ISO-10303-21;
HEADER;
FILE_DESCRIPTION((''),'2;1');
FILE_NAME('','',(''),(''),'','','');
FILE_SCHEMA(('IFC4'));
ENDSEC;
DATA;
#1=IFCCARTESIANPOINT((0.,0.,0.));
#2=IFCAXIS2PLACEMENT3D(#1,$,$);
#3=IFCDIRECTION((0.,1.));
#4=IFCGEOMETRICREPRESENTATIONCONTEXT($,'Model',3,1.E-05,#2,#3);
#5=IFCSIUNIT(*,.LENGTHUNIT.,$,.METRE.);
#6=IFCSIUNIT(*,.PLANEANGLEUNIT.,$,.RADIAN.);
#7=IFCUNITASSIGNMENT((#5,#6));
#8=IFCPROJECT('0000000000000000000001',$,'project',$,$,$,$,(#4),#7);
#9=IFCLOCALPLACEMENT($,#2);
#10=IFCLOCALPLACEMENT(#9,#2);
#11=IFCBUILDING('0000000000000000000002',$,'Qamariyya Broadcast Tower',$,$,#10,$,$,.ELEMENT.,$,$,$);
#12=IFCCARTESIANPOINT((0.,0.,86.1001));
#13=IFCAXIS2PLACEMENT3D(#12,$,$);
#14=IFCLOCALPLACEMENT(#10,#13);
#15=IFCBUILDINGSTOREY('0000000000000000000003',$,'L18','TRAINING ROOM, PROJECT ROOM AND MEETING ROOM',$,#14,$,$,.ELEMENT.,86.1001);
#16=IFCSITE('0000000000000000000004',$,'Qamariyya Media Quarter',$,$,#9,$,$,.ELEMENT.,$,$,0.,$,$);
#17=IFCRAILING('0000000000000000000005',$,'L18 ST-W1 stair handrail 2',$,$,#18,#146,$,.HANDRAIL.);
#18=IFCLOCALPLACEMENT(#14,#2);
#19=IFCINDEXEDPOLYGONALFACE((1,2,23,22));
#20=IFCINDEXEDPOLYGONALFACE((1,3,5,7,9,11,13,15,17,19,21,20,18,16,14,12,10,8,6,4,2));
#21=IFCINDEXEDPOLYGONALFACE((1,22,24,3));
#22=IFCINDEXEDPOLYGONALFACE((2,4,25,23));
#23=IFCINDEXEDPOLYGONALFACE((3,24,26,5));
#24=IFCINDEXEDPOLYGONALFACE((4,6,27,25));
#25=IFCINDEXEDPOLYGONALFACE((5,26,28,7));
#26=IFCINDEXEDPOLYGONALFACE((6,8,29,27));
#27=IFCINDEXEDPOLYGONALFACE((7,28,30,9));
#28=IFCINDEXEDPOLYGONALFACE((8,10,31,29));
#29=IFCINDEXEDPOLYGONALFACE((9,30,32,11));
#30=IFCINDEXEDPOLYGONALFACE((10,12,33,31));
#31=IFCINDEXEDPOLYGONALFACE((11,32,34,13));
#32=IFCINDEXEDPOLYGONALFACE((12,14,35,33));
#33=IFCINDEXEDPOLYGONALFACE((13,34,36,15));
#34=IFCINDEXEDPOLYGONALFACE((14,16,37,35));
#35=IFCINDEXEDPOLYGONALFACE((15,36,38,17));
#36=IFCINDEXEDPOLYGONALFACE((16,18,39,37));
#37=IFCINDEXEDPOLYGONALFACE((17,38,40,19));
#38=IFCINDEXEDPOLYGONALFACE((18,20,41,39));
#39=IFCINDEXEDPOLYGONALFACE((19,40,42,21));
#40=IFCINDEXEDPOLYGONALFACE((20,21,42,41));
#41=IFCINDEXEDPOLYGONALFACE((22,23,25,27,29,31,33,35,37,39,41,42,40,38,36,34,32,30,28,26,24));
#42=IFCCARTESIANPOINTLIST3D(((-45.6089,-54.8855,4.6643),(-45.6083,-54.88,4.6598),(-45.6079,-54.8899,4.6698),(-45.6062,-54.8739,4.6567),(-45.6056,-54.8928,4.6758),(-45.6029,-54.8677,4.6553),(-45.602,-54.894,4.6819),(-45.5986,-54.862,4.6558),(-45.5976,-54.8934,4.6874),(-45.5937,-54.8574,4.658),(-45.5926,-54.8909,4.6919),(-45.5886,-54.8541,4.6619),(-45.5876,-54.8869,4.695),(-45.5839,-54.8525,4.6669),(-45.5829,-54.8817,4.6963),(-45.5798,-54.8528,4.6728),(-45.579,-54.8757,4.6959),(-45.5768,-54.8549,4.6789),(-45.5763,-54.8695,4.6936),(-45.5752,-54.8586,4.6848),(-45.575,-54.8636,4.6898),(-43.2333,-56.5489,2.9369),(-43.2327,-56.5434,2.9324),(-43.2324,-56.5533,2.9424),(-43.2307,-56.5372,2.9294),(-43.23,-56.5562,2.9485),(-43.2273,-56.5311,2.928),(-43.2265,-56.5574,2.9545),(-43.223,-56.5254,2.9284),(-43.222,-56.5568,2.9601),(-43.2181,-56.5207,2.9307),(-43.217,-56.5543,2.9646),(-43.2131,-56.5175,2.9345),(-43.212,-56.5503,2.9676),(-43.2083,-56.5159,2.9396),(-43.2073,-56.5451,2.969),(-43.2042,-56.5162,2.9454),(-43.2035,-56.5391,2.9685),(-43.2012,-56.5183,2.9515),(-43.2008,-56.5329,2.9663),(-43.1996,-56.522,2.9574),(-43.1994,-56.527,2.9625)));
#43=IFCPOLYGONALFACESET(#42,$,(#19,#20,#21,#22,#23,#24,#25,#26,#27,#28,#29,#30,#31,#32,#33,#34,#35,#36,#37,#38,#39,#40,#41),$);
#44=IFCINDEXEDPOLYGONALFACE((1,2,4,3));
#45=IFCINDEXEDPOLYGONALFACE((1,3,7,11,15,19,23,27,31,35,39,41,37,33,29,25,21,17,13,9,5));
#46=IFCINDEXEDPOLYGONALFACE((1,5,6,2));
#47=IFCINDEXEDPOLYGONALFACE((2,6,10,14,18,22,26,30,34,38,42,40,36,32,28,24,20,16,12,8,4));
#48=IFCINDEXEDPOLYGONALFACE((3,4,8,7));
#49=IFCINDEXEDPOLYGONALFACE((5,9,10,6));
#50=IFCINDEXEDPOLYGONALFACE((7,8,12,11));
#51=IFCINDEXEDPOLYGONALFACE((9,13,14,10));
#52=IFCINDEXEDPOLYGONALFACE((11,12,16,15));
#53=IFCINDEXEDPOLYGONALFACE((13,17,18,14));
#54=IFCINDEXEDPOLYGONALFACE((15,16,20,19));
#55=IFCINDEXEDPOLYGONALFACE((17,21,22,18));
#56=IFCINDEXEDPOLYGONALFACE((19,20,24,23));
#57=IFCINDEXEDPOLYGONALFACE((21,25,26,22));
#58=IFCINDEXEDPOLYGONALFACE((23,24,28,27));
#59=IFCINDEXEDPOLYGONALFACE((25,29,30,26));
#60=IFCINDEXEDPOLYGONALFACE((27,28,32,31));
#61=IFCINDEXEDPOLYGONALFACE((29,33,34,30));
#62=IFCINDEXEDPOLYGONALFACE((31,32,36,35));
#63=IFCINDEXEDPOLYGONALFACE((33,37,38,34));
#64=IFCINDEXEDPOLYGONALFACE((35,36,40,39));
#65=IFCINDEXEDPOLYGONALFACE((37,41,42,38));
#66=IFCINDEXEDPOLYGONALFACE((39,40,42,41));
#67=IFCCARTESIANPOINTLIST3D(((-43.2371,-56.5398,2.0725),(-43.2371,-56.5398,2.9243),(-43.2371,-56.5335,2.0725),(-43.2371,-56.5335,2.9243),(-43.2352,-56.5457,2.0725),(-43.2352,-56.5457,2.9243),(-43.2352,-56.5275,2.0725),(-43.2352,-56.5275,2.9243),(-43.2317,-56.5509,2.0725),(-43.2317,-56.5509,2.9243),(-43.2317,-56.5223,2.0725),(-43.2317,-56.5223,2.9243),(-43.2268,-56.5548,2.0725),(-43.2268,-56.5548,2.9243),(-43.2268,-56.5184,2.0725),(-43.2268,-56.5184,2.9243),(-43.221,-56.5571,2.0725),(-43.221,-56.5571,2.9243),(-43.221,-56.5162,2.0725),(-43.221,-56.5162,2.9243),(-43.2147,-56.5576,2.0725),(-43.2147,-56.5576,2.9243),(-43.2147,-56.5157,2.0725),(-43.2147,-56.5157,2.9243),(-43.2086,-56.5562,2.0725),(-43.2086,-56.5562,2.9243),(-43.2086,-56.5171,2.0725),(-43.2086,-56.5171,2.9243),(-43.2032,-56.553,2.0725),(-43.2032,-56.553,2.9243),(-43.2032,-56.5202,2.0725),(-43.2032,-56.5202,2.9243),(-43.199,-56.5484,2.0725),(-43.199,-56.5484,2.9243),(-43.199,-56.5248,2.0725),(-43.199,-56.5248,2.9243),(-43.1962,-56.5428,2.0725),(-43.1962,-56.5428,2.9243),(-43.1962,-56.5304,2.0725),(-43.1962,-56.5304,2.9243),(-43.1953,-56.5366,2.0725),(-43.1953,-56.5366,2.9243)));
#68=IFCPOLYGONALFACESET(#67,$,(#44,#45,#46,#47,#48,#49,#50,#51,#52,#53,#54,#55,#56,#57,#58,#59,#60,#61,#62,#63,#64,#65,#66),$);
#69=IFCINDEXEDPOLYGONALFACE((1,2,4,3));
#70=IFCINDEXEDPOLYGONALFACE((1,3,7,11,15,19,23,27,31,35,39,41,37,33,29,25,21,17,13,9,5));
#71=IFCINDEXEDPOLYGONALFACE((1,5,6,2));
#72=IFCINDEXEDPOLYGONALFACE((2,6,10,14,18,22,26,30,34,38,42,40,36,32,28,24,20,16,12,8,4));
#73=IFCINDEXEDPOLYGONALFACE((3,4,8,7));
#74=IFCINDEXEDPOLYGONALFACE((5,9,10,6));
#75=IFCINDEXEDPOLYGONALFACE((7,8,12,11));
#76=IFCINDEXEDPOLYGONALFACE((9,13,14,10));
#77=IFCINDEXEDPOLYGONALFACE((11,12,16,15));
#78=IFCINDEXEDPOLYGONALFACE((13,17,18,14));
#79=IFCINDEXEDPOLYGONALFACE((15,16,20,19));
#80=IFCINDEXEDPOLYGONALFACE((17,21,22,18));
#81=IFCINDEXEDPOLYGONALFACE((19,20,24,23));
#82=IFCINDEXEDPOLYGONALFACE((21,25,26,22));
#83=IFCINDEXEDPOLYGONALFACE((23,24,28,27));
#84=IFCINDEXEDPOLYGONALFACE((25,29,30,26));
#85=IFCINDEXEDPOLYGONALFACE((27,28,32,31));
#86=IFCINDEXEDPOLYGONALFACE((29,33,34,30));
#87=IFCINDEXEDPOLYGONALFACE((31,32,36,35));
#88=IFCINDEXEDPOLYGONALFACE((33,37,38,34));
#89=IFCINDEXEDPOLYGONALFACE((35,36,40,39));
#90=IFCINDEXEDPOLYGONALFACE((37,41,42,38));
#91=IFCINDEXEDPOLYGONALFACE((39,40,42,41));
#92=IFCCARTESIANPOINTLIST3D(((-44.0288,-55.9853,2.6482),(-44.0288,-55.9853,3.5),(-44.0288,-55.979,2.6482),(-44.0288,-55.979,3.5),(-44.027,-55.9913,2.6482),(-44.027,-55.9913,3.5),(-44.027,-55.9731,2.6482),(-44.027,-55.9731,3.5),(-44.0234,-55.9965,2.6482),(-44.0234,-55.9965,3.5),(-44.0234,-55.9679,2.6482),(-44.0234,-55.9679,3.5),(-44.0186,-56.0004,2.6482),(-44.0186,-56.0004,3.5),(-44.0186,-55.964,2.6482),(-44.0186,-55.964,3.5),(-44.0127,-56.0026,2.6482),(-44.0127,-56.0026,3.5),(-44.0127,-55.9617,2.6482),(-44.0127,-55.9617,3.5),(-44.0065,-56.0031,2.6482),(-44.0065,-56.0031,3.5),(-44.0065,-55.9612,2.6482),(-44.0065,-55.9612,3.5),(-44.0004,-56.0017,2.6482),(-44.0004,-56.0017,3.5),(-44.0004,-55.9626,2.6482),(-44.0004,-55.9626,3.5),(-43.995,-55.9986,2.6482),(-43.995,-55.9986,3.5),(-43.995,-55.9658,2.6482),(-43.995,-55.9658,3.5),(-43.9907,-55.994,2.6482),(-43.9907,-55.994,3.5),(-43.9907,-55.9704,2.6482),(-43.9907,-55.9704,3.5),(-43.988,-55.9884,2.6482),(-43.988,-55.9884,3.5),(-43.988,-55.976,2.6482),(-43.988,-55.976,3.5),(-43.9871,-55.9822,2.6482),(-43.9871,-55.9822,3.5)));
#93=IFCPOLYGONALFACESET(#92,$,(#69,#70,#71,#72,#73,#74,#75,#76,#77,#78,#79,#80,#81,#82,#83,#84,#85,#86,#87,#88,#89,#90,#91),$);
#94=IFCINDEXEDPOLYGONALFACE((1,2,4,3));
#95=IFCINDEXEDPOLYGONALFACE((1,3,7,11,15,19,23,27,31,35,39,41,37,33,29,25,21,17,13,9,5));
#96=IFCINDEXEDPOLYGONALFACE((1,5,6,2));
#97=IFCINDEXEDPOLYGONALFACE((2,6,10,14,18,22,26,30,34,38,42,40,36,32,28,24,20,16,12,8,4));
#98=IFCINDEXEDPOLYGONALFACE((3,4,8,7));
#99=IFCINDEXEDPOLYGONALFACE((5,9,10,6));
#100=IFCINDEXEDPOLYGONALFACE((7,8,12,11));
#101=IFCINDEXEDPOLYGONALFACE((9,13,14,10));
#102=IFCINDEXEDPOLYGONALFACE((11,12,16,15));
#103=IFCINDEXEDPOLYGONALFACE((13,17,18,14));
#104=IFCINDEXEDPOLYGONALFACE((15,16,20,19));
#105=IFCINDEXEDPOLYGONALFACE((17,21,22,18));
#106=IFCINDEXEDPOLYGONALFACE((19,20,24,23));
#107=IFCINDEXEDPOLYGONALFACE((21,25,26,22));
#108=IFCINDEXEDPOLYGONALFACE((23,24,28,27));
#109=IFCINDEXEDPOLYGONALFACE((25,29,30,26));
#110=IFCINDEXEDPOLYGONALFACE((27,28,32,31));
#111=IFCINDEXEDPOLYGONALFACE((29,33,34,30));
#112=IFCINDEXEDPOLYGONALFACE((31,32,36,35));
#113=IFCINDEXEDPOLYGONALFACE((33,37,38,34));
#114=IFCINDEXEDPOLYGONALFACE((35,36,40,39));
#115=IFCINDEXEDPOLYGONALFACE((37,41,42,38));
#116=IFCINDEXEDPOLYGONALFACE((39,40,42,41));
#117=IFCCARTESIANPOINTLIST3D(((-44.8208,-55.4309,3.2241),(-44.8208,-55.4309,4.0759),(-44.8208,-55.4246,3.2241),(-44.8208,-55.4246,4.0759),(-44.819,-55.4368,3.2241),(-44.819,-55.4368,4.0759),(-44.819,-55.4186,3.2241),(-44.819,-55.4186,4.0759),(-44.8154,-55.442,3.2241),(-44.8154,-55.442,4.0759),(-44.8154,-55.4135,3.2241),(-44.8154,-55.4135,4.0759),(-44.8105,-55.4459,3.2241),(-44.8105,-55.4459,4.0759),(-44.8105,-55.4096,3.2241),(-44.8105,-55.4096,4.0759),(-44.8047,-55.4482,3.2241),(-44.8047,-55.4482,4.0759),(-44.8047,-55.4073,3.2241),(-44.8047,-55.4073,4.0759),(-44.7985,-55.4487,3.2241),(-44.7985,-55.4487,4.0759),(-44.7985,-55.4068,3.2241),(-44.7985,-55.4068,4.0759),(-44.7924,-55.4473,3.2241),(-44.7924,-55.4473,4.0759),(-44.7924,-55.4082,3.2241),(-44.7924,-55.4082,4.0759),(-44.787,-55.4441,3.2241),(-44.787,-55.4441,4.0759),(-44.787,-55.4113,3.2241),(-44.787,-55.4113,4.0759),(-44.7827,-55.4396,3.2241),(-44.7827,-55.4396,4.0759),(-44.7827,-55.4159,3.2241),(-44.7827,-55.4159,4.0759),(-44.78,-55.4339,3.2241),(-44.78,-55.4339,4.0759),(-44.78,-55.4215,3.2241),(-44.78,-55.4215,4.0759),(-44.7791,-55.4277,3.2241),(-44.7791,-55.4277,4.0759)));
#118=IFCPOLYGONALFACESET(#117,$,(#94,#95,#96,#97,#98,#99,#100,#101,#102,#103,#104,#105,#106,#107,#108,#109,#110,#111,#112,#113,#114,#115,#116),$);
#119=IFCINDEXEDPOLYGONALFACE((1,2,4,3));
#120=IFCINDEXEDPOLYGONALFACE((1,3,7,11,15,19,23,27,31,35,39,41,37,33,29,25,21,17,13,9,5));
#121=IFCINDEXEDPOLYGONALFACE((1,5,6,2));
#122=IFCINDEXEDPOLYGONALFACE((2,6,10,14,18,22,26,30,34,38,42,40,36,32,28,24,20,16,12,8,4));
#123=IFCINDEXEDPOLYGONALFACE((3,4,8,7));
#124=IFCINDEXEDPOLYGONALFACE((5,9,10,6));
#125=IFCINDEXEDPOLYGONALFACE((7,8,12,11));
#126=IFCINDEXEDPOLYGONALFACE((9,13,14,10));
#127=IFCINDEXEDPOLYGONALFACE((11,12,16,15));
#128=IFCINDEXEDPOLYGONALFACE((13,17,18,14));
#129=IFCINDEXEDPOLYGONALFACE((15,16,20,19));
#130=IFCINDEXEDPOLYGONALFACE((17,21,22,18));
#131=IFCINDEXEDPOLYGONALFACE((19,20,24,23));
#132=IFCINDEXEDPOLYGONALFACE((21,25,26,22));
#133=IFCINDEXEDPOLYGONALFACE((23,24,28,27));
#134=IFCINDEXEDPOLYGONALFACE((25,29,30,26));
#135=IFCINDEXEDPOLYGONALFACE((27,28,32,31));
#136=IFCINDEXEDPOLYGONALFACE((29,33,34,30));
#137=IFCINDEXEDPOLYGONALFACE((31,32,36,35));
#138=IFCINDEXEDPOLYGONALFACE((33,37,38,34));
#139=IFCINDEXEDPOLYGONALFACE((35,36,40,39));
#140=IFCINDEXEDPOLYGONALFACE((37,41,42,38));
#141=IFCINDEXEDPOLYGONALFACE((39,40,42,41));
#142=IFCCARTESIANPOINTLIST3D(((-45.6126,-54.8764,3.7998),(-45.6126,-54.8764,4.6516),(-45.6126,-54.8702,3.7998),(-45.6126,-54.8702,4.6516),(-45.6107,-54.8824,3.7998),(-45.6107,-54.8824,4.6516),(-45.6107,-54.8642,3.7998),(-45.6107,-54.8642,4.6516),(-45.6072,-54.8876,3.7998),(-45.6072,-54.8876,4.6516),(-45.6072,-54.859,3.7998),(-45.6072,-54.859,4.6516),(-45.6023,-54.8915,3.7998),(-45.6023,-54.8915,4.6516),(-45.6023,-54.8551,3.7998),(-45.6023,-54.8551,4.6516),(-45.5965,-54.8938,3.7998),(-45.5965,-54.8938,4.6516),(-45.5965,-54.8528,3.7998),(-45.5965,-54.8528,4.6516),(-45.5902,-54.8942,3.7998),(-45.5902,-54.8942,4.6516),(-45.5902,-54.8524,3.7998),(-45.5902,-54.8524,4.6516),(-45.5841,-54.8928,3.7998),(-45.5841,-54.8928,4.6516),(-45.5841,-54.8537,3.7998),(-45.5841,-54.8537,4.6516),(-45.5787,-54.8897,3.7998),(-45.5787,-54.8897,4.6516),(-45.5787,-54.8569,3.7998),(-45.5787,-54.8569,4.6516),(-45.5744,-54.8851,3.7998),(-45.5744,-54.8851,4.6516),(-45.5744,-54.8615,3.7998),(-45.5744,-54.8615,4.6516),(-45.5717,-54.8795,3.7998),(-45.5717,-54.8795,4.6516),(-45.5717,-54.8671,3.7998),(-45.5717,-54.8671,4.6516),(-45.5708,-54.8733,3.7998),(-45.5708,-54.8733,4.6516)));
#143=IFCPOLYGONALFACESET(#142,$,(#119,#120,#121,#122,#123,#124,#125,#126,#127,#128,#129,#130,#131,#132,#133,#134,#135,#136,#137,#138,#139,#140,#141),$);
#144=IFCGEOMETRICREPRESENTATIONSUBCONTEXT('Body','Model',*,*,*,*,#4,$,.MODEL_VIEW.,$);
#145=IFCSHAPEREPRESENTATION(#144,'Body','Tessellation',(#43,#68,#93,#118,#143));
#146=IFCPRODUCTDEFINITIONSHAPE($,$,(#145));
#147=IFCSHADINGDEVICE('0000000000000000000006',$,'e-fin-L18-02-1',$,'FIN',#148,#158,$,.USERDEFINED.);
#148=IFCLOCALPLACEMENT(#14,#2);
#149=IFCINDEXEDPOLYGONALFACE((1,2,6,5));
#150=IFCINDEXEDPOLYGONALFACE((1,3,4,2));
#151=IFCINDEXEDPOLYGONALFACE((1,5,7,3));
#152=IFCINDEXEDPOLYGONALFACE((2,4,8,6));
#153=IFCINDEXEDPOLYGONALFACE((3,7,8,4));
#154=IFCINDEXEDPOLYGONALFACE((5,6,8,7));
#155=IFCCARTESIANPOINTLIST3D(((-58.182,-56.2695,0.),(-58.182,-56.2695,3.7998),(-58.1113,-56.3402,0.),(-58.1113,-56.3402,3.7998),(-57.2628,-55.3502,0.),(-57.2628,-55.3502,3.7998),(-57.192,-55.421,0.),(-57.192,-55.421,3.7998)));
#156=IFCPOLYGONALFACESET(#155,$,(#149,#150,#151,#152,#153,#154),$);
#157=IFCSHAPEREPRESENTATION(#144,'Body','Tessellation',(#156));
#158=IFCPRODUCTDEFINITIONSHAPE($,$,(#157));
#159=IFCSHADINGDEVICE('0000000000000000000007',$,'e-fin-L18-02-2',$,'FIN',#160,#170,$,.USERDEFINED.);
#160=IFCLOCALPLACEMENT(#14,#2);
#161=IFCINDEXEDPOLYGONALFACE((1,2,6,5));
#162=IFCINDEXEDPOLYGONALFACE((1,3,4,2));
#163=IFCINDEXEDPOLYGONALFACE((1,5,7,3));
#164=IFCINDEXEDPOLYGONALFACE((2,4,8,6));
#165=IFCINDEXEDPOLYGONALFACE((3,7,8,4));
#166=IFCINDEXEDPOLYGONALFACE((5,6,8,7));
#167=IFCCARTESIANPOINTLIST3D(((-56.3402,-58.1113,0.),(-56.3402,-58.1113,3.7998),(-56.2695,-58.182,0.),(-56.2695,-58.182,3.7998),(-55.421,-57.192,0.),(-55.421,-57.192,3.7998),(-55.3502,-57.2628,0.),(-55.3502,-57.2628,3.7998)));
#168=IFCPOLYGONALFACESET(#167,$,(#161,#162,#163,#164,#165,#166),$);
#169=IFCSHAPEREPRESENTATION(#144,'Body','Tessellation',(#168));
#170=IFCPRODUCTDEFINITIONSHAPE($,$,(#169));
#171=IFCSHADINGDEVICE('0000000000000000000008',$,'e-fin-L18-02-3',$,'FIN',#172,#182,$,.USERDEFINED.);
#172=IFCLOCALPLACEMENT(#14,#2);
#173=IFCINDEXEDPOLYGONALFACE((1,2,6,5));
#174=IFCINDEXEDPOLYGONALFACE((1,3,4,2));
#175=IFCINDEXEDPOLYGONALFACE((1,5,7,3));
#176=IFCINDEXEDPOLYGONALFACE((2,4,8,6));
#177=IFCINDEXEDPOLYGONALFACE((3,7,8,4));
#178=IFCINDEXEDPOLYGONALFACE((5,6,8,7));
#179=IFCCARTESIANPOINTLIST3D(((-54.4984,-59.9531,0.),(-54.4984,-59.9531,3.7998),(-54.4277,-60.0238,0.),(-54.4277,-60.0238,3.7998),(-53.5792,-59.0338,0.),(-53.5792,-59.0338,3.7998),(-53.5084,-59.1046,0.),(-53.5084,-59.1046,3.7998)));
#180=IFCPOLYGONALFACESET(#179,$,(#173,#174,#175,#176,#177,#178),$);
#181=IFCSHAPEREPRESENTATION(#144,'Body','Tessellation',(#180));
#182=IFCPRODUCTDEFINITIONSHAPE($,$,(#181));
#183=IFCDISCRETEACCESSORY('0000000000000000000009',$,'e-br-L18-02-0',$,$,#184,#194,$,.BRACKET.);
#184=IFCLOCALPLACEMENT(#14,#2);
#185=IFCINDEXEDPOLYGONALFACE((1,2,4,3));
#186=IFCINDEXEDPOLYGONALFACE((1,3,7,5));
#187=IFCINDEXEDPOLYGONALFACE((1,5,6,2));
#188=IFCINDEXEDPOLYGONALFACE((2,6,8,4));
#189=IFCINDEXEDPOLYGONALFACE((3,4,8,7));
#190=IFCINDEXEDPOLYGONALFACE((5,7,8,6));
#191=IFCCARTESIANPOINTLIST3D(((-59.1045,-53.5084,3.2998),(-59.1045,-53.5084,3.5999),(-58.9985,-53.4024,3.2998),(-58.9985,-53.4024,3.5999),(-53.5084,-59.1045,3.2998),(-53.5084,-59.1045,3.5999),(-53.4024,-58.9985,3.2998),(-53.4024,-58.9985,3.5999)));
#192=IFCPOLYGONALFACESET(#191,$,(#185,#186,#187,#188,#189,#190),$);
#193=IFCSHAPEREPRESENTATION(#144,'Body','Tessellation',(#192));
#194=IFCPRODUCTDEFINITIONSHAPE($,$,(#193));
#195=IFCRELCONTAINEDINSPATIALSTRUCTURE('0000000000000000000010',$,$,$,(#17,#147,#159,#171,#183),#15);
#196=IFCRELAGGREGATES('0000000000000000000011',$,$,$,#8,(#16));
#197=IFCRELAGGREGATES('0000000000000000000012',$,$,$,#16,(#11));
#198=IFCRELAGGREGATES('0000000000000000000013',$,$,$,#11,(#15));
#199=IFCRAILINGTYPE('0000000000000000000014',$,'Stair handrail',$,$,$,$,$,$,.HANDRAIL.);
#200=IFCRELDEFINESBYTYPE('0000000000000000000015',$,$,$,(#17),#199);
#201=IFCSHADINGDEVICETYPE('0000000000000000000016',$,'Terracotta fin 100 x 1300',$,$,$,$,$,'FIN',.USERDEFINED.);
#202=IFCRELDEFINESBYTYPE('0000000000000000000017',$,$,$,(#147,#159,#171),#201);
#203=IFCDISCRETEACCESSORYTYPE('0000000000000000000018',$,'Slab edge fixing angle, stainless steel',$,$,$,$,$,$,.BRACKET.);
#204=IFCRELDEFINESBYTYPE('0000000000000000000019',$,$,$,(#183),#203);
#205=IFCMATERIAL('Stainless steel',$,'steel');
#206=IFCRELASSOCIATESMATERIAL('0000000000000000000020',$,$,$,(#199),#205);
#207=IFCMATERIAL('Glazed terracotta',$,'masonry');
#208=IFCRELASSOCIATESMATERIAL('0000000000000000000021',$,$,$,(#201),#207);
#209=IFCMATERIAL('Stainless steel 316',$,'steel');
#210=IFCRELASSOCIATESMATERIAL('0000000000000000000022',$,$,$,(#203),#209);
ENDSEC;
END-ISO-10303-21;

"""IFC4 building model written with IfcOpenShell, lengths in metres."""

from ifc_helpers import new_model, si_unit, direction, frame, origin, origin_2d, place, context, subcontext, project, spatial, rectangle, circle, extrude, material, material_profile, profile_set, type_object, element, save


model = new_model("IFC4")

# Units and contexts
model_context = context("Model", 3, precision=1e-05, world=origin(), true_north=direction((0.0, 1.0)))
body_context = subcontext(model_context, "Body", "Model", "MODEL_VIEW")
ifc_project = project(units=[si_unit("LENGTHUNIT", "METRE"), si_unit("PLANEANGLEUNIT", "RADIAN")], contexts=[model_context])

# Site, building, storey
site_placement = place(None, origin())
site = spatial("IfcSite", under=ifc_project, at=site_placement, Name="Qamariyya Media Quarter", CompositionType="ELEMENT", RefElevation=0.0)
building_placement = place(site_placement, origin())
building = spatial("IfcBuilding", under=site, at=building_placement, Name="Qamariyya Broadcast Tower", CompositionType="ELEMENT")
storey_placement = place(building_placement, frame((0.0, 0.0, 86.1001)))
storey = spatial("IfcBuildingStorey", under=building, at=storey_placement, Name="L18", Description="TRAINING ROOM, PROJECT ROOM AND MEETING ROOM", CompositionType="ELEMENT", Elevation=86.1001)

# Railing
ifc_material_1 = material(Name="Stainless steel", Category="steel")
railing_type_1 = type_object("IfcRailingType", Name="Stair handrail", PredefinedType="HANDRAIL", material=ifc_material_1)
railing_1_placement = place(storey_placement, frame((-43.2163, -56.5366, 2.0725)))
element("IfcRailing", 1, at=railing_1_placement, inside=storey, type_object=railing_type_1, Name="L18 ST-W1 stair handrail 2", PredefinedType="HANDRAIL", context=body_context, shape_type="SweptSolid", body=[
    extrude(circle(Radius=0.0239, at=origin_2d()), frame((0.0, 0.0, 0.876), z_axis=(-0.70377, 0.492784, 0.511734), x_axis=(-0.573575, -0.819153, 0.0)), (0.0, 0.0, 1.0), 3.3755),
    extrude(circle(Radius=0.021, at=origin_2d()), origin(), (0.0, 0.0, 1.0), 0.8518),
    extrude(circle(Radius=0.021, at=origin_2d()), frame((-0.7917, 0.5544, 0.5757)), (0.0, 0.0, 1.0), 0.8518),
    extrude(circle(Radius=0.021, at=origin_2d()), frame((-1.5837, 1.1089, 1.1516)), (0.0, 0.0, 1.0), 0.8518),
    extrude(circle(Radius=0.021, at=origin_2d()), frame((-2.3755, 1.6633, 1.7273)), (0.0, 0.0, 1.0), 0.8518),
])

# Shading devices
ifc_material_2 = material(Name="Glazed terracotta", Category="masonry")
ifc_material_profile_1 = material_profile(ifc_material_2, rectangle(XDim=1.3, YDim=0.1001, at=origin_2d()))
ifc_profile_set_1 = profile_set([ifc_material_profile_1], Name="Glazed terracotta")
shading_device_type_1 = type_object("IfcShadingDeviceType", Name="Terracotta fin 100 x 1300", ElementType="FIN", PredefinedType="USERDEFINED", material=ifc_profile_set_1)
for number, where, z_axis, x_axis, name in (
    (2, (-57.687, -55.8452, 0.0), (0.0, 0.0, 1.0), (-0.707107, -0.707107, 0.0), "e-fin-L18-02-1"),
    (3, (-55.8452, -57.687, 0.0), (0.0, 0.0, 1.0), (-0.707107, -0.707107, 0.0), "e-fin-L18-02-2"),
    (4, (-54.0034, -59.5288, 0.0), (0.0, 0.0, 1.0), (-0.707107, -0.707107, 0.0), "e-fin-L18-02-3"),
):
    element("IfcShadingDevice", number, at=place(storey_placement, frame(where, z_axis=z_axis, x_axis=x_axis)), inside=storey, type_object=shading_device_type_1, Name=name, ObjectType="FIN", PredefinedType="USERDEFINED", context=body_context, shape_type="SweptSolid", body=[
        extrude(rectangle(XDim=1.3, YDim=0.1001, at=origin_2d()), origin(), (0.0, 0.0, 1.0), 3.7998),
    ])

# Discrete accessory
ifc_material_3 = material(Name="Stainless steel 316", Category="steel")
discrete_accessory_type = type_object("IfcDiscreteAccessoryType", Name="Slab edge fixing angle, stainless steel", PredefinedType="BRACKET", material=ifc_material_3)
discrete_accessory_placement = place(storey_placement, frame((-56.2534, -56.2534, 3.2998), z_axis=(0.0, 0.0, 1.0), x_axis=(0.707107, -0.707107, 0.0)))
element("IfcDiscreteAccessory", 5, at=discrete_accessory_placement, inside=storey, type_object=discrete_accessory_type, Name="e-br-L18-02-0", PredefinedType="BRACKET", context=body_context, shape_type="SweptSolid", body=[
    extrude(rectangle(XDim=7.9141, YDim=0.1499, at=origin_2d()), origin(), (0.0, 0.0, 1.0), 0.3),
])

save(model, "model.ifc")
